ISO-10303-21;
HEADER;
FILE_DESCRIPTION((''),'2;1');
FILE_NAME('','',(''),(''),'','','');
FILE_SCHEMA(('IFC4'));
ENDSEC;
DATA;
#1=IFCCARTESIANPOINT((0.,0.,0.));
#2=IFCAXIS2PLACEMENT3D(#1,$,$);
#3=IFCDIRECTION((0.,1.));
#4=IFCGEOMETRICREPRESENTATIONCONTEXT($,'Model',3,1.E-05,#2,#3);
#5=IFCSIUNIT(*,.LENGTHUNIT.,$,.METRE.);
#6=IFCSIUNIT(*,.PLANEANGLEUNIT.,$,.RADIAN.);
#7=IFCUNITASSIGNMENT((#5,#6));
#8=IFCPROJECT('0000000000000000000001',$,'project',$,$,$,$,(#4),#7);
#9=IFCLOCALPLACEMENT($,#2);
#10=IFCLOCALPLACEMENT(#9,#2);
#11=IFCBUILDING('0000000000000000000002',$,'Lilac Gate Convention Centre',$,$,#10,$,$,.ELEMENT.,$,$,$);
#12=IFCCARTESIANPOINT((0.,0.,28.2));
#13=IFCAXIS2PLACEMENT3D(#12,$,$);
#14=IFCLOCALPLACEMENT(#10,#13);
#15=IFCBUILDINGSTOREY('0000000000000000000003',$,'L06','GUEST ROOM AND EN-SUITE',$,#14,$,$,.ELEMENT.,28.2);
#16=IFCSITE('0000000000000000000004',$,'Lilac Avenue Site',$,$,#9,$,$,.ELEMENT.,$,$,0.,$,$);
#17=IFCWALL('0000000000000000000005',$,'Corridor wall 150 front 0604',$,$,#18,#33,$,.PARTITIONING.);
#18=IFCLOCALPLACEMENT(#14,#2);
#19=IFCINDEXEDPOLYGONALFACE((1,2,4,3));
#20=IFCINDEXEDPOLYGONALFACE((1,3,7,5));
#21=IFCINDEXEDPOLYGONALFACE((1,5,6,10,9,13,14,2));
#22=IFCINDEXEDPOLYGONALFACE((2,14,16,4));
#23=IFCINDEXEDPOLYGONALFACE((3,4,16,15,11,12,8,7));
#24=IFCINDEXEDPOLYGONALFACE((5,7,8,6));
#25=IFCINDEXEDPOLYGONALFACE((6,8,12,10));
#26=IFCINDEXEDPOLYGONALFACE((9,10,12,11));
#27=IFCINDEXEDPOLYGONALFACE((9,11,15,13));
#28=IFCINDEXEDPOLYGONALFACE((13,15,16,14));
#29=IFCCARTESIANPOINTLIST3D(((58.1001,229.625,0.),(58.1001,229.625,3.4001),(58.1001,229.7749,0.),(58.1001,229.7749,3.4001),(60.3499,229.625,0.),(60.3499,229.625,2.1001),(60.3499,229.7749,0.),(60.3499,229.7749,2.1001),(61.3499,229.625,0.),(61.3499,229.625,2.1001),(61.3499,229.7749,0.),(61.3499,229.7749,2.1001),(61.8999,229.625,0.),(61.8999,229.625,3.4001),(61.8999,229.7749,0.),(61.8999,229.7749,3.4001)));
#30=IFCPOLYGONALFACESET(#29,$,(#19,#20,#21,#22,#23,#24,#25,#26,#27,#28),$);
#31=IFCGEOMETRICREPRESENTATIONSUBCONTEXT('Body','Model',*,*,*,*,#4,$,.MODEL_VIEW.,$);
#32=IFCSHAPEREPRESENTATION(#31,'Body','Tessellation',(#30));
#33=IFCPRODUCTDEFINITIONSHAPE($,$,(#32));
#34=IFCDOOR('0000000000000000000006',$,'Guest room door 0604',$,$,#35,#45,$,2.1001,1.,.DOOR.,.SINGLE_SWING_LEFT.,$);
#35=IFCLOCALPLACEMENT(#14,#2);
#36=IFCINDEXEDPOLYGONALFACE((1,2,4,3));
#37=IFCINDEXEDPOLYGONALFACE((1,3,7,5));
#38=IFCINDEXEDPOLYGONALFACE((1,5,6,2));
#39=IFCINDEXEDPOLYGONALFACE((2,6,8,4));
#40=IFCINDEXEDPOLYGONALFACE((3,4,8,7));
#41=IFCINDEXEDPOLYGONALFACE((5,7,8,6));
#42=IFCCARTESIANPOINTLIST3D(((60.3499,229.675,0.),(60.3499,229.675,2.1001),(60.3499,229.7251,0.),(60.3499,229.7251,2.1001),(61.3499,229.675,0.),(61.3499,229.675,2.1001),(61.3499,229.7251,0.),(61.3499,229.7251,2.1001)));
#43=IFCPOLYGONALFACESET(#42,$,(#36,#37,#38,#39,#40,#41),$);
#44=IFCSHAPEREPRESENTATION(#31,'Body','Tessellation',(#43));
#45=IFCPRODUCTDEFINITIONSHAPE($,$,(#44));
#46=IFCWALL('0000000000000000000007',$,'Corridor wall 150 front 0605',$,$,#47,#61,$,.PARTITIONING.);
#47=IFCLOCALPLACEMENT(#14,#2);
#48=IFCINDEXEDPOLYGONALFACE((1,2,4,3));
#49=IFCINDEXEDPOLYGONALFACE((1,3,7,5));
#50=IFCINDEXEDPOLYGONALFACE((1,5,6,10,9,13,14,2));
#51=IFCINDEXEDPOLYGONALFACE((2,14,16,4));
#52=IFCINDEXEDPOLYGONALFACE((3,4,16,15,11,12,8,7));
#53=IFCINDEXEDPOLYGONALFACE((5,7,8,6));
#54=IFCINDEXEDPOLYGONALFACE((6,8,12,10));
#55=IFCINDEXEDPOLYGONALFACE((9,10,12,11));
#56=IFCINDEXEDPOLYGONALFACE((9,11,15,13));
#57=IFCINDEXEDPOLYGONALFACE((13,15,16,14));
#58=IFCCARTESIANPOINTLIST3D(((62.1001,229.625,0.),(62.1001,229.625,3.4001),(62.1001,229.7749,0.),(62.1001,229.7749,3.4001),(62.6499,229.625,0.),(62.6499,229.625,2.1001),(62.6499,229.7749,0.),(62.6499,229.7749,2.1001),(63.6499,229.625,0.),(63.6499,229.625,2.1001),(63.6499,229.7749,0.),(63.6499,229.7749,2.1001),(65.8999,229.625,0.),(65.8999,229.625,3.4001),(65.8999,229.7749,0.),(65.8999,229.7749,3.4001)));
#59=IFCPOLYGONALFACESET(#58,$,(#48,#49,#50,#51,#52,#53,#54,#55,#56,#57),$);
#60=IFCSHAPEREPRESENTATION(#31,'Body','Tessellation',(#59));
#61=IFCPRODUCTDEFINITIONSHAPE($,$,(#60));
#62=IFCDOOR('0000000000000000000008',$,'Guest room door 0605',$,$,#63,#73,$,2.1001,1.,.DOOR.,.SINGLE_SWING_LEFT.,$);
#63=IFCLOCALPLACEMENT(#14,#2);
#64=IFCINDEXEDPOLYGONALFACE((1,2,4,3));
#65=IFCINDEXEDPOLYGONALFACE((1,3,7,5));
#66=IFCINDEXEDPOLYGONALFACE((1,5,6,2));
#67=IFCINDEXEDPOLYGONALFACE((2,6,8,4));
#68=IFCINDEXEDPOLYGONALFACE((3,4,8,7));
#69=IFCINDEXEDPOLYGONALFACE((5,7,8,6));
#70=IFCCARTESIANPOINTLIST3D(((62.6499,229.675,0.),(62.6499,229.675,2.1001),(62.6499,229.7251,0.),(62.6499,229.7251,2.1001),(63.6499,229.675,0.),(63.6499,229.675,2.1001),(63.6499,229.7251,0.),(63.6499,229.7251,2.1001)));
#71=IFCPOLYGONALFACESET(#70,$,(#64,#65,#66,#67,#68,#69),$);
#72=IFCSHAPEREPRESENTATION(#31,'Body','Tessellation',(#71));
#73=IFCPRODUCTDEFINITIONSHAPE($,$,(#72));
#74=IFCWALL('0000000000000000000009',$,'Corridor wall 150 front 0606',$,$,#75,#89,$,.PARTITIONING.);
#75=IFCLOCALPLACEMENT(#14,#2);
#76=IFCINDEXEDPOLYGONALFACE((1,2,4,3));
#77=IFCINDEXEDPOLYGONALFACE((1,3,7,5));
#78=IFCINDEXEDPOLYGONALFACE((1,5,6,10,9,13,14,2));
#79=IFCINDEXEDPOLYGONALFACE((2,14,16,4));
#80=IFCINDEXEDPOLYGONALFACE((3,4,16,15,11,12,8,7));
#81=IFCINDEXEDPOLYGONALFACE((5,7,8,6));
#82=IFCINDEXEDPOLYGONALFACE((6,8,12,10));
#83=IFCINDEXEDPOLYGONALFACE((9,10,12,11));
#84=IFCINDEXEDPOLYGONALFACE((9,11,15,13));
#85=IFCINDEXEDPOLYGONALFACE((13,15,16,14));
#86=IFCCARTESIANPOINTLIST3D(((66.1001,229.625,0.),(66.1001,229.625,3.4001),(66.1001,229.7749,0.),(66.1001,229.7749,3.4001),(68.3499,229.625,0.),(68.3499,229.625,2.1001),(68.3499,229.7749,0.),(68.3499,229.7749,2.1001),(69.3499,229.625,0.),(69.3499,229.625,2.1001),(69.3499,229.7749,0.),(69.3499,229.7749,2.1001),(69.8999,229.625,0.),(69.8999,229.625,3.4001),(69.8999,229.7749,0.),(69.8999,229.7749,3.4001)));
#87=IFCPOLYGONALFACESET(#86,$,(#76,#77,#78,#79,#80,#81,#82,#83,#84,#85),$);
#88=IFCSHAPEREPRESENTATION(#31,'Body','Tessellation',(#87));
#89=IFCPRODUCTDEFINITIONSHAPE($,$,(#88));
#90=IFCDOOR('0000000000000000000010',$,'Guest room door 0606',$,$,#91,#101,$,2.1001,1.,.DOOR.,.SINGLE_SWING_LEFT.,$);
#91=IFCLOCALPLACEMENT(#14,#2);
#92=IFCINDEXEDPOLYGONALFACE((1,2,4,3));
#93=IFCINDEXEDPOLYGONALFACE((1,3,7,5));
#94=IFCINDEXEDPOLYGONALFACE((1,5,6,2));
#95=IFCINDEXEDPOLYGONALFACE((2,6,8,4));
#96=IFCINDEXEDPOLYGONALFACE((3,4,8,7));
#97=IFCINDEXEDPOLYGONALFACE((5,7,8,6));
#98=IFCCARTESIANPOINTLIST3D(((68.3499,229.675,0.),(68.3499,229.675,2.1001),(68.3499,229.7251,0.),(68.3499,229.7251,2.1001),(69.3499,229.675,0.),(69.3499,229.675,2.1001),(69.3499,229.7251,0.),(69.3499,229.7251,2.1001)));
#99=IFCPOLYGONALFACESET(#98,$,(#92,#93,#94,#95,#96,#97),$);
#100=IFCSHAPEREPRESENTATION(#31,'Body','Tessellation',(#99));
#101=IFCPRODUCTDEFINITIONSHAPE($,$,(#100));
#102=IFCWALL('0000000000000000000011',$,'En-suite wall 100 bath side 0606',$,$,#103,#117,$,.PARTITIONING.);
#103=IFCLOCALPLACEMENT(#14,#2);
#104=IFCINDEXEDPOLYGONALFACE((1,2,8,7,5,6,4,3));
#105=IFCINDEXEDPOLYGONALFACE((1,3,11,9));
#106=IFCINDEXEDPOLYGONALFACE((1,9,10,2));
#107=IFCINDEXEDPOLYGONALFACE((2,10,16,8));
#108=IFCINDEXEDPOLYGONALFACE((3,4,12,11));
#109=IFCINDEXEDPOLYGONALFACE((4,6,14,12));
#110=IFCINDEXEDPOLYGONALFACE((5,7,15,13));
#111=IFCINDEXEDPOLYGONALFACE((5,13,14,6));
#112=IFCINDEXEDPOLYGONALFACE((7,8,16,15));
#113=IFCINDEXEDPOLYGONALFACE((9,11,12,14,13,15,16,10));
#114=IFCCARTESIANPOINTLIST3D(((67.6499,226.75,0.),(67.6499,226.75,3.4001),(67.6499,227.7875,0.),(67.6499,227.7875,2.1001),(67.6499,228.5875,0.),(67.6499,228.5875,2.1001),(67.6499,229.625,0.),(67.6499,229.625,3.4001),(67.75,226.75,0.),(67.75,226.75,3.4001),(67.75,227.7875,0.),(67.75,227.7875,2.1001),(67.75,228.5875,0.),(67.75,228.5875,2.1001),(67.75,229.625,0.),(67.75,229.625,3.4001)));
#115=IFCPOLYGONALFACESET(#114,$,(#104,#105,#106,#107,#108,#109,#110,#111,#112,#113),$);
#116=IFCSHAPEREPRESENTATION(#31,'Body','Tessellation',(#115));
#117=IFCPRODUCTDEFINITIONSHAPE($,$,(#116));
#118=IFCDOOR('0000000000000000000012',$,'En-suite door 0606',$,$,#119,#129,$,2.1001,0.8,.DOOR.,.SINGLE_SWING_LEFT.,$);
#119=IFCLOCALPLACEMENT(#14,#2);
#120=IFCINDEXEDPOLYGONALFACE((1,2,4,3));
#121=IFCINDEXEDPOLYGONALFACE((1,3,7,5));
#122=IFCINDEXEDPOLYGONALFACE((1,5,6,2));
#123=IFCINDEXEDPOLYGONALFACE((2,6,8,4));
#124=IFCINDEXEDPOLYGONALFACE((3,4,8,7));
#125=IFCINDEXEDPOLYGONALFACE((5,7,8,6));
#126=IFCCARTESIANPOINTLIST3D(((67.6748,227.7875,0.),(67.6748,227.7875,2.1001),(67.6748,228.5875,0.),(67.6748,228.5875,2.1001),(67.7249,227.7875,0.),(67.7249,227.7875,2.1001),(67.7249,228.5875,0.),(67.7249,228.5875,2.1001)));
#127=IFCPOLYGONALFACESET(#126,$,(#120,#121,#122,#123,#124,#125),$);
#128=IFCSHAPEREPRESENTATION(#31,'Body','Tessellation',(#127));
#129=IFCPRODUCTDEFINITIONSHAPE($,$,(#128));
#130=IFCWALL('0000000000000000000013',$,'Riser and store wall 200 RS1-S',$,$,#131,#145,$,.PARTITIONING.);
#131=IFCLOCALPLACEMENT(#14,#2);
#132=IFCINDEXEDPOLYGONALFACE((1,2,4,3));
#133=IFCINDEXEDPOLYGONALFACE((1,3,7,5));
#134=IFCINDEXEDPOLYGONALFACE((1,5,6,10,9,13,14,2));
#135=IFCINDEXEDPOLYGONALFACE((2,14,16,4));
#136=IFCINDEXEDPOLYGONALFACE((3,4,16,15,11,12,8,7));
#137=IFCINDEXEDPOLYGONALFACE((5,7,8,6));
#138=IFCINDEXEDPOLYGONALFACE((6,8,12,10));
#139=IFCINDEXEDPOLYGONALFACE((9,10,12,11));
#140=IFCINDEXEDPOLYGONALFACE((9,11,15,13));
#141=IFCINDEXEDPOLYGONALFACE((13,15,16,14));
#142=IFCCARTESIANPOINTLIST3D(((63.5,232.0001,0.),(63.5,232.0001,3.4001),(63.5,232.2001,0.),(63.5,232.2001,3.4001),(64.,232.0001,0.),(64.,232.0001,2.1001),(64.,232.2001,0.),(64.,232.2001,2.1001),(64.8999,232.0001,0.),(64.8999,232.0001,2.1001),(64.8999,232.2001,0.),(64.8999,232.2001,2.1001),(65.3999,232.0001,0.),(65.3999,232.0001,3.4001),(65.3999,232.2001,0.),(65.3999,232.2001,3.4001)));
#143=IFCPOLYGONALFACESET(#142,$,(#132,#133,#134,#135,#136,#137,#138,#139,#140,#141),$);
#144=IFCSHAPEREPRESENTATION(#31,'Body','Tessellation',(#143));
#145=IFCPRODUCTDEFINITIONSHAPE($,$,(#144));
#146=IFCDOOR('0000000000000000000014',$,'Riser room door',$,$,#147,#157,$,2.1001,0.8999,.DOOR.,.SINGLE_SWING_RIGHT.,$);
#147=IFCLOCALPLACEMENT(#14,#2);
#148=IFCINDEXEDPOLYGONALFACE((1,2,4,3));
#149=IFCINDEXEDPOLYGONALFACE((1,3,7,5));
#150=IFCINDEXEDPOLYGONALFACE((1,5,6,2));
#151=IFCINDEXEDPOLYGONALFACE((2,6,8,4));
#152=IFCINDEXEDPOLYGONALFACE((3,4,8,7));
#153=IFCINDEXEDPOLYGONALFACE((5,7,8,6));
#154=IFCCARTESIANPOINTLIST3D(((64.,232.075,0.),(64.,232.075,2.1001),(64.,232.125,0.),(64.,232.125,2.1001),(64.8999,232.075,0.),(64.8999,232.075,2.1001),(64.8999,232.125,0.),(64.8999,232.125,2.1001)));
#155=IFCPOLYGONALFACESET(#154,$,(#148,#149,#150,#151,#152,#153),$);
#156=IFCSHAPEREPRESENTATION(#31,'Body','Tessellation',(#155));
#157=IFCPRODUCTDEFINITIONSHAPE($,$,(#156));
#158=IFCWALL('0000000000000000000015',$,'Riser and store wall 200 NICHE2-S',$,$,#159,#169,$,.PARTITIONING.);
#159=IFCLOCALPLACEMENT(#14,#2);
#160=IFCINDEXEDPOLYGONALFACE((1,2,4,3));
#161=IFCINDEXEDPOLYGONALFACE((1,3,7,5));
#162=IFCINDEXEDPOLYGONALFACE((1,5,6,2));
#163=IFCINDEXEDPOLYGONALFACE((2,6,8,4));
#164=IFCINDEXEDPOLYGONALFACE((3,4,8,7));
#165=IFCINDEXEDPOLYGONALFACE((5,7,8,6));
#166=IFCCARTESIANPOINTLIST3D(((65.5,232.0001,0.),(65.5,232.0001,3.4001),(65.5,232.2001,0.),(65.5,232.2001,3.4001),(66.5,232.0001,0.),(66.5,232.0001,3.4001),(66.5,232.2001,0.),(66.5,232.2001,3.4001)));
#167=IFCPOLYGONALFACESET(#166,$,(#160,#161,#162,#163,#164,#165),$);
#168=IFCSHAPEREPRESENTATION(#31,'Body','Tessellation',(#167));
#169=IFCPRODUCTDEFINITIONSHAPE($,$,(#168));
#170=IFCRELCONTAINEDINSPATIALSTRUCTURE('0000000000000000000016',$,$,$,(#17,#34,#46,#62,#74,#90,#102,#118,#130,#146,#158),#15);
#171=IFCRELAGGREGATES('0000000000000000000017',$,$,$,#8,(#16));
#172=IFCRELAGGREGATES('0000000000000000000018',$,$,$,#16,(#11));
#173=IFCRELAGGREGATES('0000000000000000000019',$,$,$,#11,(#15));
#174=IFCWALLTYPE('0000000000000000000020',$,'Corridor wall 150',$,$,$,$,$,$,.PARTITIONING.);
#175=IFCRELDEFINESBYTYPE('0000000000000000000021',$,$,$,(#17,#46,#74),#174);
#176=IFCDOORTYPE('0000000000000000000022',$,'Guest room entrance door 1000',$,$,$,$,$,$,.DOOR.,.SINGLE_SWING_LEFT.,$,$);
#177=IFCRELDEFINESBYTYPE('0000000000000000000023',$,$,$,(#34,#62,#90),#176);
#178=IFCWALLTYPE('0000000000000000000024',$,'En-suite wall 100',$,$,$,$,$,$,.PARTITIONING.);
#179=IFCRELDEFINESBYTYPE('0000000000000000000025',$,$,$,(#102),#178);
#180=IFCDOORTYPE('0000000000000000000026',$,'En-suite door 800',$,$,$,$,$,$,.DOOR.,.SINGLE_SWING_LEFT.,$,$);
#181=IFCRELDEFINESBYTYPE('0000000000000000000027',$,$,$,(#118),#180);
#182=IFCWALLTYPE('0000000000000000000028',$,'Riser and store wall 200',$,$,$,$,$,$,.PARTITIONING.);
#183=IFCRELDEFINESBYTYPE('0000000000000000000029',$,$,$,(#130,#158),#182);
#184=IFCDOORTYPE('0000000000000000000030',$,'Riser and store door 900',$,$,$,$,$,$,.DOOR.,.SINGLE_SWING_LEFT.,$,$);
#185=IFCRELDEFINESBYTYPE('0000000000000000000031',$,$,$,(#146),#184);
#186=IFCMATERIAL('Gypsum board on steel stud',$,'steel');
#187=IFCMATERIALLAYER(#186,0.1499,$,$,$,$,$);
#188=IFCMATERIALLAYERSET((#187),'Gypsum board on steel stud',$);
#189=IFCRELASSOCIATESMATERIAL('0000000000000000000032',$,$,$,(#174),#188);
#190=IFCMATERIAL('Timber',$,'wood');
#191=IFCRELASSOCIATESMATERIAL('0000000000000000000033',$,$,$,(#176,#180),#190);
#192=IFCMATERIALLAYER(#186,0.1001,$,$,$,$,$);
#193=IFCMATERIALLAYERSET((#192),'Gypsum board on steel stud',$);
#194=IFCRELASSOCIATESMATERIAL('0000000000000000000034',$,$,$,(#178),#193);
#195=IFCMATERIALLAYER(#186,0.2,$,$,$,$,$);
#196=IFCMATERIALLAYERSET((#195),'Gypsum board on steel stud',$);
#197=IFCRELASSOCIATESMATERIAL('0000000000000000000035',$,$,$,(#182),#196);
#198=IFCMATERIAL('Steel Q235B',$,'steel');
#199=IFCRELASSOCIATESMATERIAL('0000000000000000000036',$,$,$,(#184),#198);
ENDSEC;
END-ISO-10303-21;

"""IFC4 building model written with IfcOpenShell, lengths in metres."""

from ifc_helpers import new_model, si_unit, direction, frame, frame_2d, origin, place, context, subcontext, project, spatial, rectangle, extrude, material, layer, layer_set, type_object, element, fill, save


model = new_model("IFC4")

# Units and contexts
model_context = context("Model", 3, precision=1e-05, world=origin(), true_north=direction((0.0, 1.0)))
body_context = subcontext(model_context, "Body", "Model", "MODEL_VIEW")
ifc_project = project(units=[si_unit("LENGTHUNIT", "METRE"), si_unit("PLANEANGLEUNIT", "RADIAN")], contexts=[model_context])

# Site, building, storey
site_placement = place(None, origin())
site = spatial("IfcSite", under=ifc_project, at=site_placement, Name="Lilac Avenue Site", CompositionType="ELEMENT", RefElevation=0.0)
building_placement = place(site_placement, origin())
building = spatial("IfcBuilding", under=site, at=building_placement, Name="Lilac Gate Convention Centre", CompositionType="ELEMENT")
storey_placement = place(building_placement, frame((0.0, 0.0, 28.2)))
storey = spatial("IfcBuildingStorey", under=building, at=storey_placement, Name="L06", Description="GUEST ROOM AND EN-SUITE", CompositionType="ELEMENT", Elevation=28.2)

# Walls, openings, doors
ifc_material_1 = material(Name="Gypsum board on steel stud", Category="steel")
ifc_layer_1 = layer(ifc_material_1, 0.1499)
ifc_layer_set_1 = layer_set([ifc_layer_1], Name="Gypsum board on steel stud")
wall_type_1 = type_object("IfcWallType", Name="Corridor wall 150", PredefinedType="PARTITIONING", material=ifc_layer_set_1)
wall_1_placement = place(storey_placement, frame((61.8999, 229.7, 0.0), z_axis=(0.0, 0.0, 1.0), x_axis=(-1.0, 0.0, 0.0)))
wall_1 = element("IfcWall", 1, at=wall_1_placement, inside=storey, type_object=wall_type_1, Name="Corridor wall 150 front 0604", PredefinedType="PARTITIONING", context=body_context, shape_type="SweptSolid", body=[
    extrude(rectangle(XDim=3.7998, YDim=0.1499, at=frame_2d((1.8999, 0.0))), origin(), (0.0, 0.0, 1.0), 3.4001),
])
opening_1_placement = place(wall_1_placement, frame((0.55, 0.0, 0.0)))
opening_1 = element("IfcOpeningElement", 2, at=opening_1_placement, cuts=wall_1, PredefinedType="OPENING", context=body_context, shape_type="SweptSolid", body=[
    extrude(rectangle(XDim=1.0, YDim=2.1001, at=frame_2d((0.5, 1.05))), frame((0.0, 0.085, 0.0), z_axis=(0.0, -1.0, 0.0), x_axis=(1.0, 0.0, 0.0)), (0.0, 0.0, 1.0), 0.1699),
])
ifc_material_2 = material(Name="Timber", Category="wood")
door_type_1 = type_object("IfcDoorType", Name="Guest room entrance door 1000", OperationType="SINGLE_SWING_LEFT", PredefinedType="DOOR", material=ifc_material_2)
door_1_placement = place(opening_1_placement, origin())
door_1 = element("IfcDoor", 3, at=door_1_placement, inside=storey, type_object=door_type_1, Name="Guest room door 0604", OperationType="SINGLE_SWING_LEFT", OverallHeight=2.1001, OverallWidth=1.0, PredefinedType="DOOR", context=body_context, shape_type="SweptSolid", body=[
    extrude(rectangle(XDim=1.0, YDim=2.1001, at=frame_2d((0.5, 1.05))), frame((0.0, 0.0249, 0.0), z_axis=(0.0, -1.0, 0.0), x_axis=(1.0, 0.0, 0.0)), (0.0, 0.0, 1.0), 0.05),
])
fill(opening_1, door_1)
wall_2_placement = place(storey_placement, frame((65.8999, 229.7, 0.0), z_axis=(0.0, 0.0, 1.0), x_axis=(-1.0, 0.0, 0.0)))
wall_2 = element("IfcWall", 4, at=wall_2_placement, inside=storey, type_object=wall_type_1, Name="Corridor wall 150 front 0605", PredefinedType="PARTITIONING", context=body_context, shape_type="SweptSolid", body=[
    extrude(rectangle(XDim=3.7998, YDim=0.1499, at=frame_2d((1.8999, 0.0))), origin(), (0.0, 0.0, 1.0), 3.4001),
])
opening_2_placement = place(wall_2_placement, frame((2.25, 0.0, 0.0)))
opening_2 = element("IfcOpeningElement", 5, at=opening_2_placement, cuts=wall_2, PredefinedType="OPENING", context=body_context, shape_type="SweptSolid", body=[
    extrude(rectangle(XDim=1.0, YDim=2.1001, at=frame_2d((0.5, 1.05))), frame((0.0, 0.085, 0.0), z_axis=(0.0, -1.0, 0.0), x_axis=(1.0, 0.0, 0.0)), (0.0, 0.0, 1.0), 0.1699),
])
door_2_placement = place(opening_2_placement, origin())
door_2 = element("IfcDoor", 6, at=door_2_placement, inside=storey, type_object=door_type_1, Name="Guest room door 0605", OperationType="SINGLE_SWING_LEFT", OverallHeight=2.1001, OverallWidth=1.0, PredefinedType="DOOR", context=body_context, shape_type="SweptSolid", body=[
    extrude(rectangle(XDim=1.0, YDim=2.1001, at=frame_2d((0.5, 1.05))), frame((0.0, 0.0249, 0.0), z_axis=(0.0, -1.0, 0.0), x_axis=(1.0, 0.0, 0.0)), (0.0, 0.0, 1.0), 0.05),
])
fill(opening_2, door_2)
wall_3_placement = place(storey_placement, frame((69.8999, 229.7, 0.0), z_axis=(0.0, 0.0, 1.0), x_axis=(-1.0, 0.0, 0.0)))
wall_3 = element("IfcWall", 7, at=wall_3_placement, inside=storey, type_object=wall_type_1, Name="Corridor wall 150 front 0606", PredefinedType="PARTITIONING", context=body_context, shape_type="SweptSolid", body=[
    extrude(rectangle(XDim=3.7998, YDim=0.1499, at=frame_2d((1.8999, 0.0))), origin(), (0.0, 0.0, 1.0), 3.4001),
])
opening_3_placement = place(wall_3_placement, frame((0.55, 0.0, 0.0)))
opening_3 = element("IfcOpeningElement", 8, at=opening_3_placement, cuts=wall_3, PredefinedType="OPENING", context=body_context, shape_type="SweptSolid", body=[
    extrude(rectangle(XDim=1.0, YDim=2.1001, at=frame_2d((0.5, 1.05))), frame((0.0, 0.085, 0.0), z_axis=(0.0, -1.0, 0.0), x_axis=(1.0, 0.0, 0.0)), (0.0, 0.0, 1.0), 0.1699),
])
door_3_placement = place(opening_3_placement, origin())
door_3 = element("IfcDoor", 9, at=door_3_placement, inside=storey, type_object=door_type_1, Name="Guest room door 0606", OperationType="SINGLE_SWING_LEFT", OverallHeight=2.1001, OverallWidth=1.0, PredefinedType="DOOR", context=body_context, shape_type="SweptSolid", body=[
    extrude(rectangle(XDim=1.0, YDim=2.1001, at=frame_2d((0.5, 1.05))), frame((0.0, 0.0249, 0.0), z_axis=(0.0, -1.0, 0.0), x_axis=(1.0, 0.0, 0.0)), (0.0, 0.0, 1.0), 0.05),
])
fill(opening_3, door_3)
ifc_layer_2 = layer(ifc_material_1, 0.1001)
ifc_layer_set_2 = layer_set([ifc_layer_2], Name="Gypsum board on steel stud")
wall_type_2 = type_object("IfcWallType", Name="En-suite wall 100", PredefinedType="PARTITIONING", material=ifc_layer_set_2)
wall_4_placement = place(storey_placement, frame((67.7, 229.625, 0.0), z_axis=(0.0, 0.0, 1.0), x_axis=(0.0, -1.0, 0.0)))
wall_4 = element("IfcWall", 10, at=wall_4_placement, inside=storey, type_object=wall_type_2, Name="En-suite wall 100 bath side 0606", PredefinedType="PARTITIONING", context=body_context, shape_type="SweptSolid", body=[
    extrude(rectangle(XDim=2.875, YDim=0.1001, at=frame_2d((1.4375, 0.0))), origin(), (0.0, 0.0, 1.0), 3.4001),
])
opening_4_placement = place(wall_4_placement, frame((1.0376, 0.0, 0.0)))
opening_4 = element("IfcOpeningElement", 11, at=opening_4_placement, cuts=wall_4, PredefinedType="OPENING", context=body_context, shape_type="SweptSolid", body=[
    extrude(rectangle(XDim=0.8, YDim=2.1001, at=frame_2d((0.3999, 1.05))), frame((0.0, 0.0601, 0.0), z_axis=(0.0, -1.0, 0.0), x_axis=(1.0, 0.0, 0.0)), (0.0, 0.0, 1.0), 0.1201),
])
door_type_2 = type_object("IfcDoorType", Name="En-suite door 800", OperationType="SINGLE_SWING_LEFT", PredefinedType="DOOR", material=ifc_material_2)
door_4_placement = place(opening_4_placement, origin())
door_4 = element("IfcDoor", 12, at=door_4_placement, inside=storey, type_object=door_type_2, Name="En-suite door 0606", OperationType="SINGLE_SWING_LEFT", OverallHeight=2.1001, OverallWidth=0.8, PredefinedType="DOOR", context=body_context, shape_type="SweptSolid", body=[
    extrude(rectangle(XDim=0.8, YDim=2.1001, at=frame_2d((0.3999, 1.05))), frame((0.0, 0.0249, 0.0), z_axis=(0.0, -1.0, 0.0), x_axis=(1.0, 0.0, 0.0)), (0.0, 0.0, 1.0), 0.05),
])
fill(opening_4, door_4)
ifc_layer_3 = layer(ifc_material_1, 0.2)
ifc_layer_set_3 = layer_set([ifc_layer_3], Name="Gypsum board on steel stud")
wall_type_3 = type_object("IfcWallType", Name="Riser and store wall 200", PredefinedType="PARTITIONING", material=ifc_layer_set_3)
wall_5_placement = place(storey_placement, frame((63.5, 232.1001, 0.0), z_axis=(0.0, 0.0, 1.0), x_axis=(1.0, 0.0, 0.0)))
wall_5 = element("IfcWall", 13, at=wall_5_placement, inside=storey, type_object=wall_type_3, Name="Riser and store wall 200 RS1-S", PredefinedType="PARTITIONING", context=body_context, shape_type="SweptSolid", body=[
    extrude(rectangle(XDim=1.8999, YDim=0.2, at=frame_2d((0.95, 0.0))), origin(), (0.0, 0.0, 1.0), 3.4001),
])
opening_5_placement = place(wall_5_placement, frame((0.5, 0.0, 0.0)))
opening_5 = element("IfcOpeningElement", 14, at=opening_5_placement, cuts=wall_5, PredefinedType="OPENING", context=body_context, shape_type="SweptSolid", body=[
    extrude(rectangle(XDim=0.8999, YDim=2.1001, at=frame_2d((0.45, 1.05))), frame((0.0, 0.1099, 0.0), z_axis=(0.0, -1.0, 0.0), x_axis=(1.0, 0.0, 0.0)), (0.0, 0.0, 1.0), 0.22),
])
ifc_material_3 = material(Name="Steel Q235B", Category="steel")
door_type_3 = type_object("IfcDoorType", Name="Riser and store door 900", OperationType="SINGLE_SWING_LEFT", PredefinedType="DOOR", material=ifc_material_3)
door_5_placement = place(opening_5_placement, origin())
door_5 = element("IfcDoor", 15, at=door_5_placement, inside=storey, type_object=door_type_3, Name="Riser room door", OperationType="SINGLE_SWING_RIGHT", OverallHeight=2.1001, OverallWidth=0.8999, PredefinedType="DOOR", context=body_context, shape_type="SweptSolid", body=[
    extrude(rectangle(XDim=0.8999, YDim=2.1001, at=frame_2d((0.45, 1.05))), frame((0.0, 0.0249, 0.0), z_axis=(0.0, -1.0, 0.0), x_axis=(1.0, 0.0, 0.0)), (0.0, 0.0, 1.0), 0.05),
])
fill(opening_5, door_5)

# Wall
wall_6_placement = place(storey_placement, frame((65.5, 232.1001, 0.0), z_axis=(0.0, 0.0, 1.0), x_axis=(1.0, 0.0, 0.0)))
element("IfcWall", 16, at=wall_6_placement, inside=storey, type_object=wall_type_3, Name="Riser and store wall 200 NICHE2-S", PredefinedType="PARTITIONING", context=body_context, shape_type="SweptSolid", body=[
    extrude(rectangle(XDim=1.0, YDim=0.2, at=frame_2d((0.5, 0.0))), origin(), (0.0, 0.0, 1.0), 3.4001),
])

save(model, "model.ifc")
